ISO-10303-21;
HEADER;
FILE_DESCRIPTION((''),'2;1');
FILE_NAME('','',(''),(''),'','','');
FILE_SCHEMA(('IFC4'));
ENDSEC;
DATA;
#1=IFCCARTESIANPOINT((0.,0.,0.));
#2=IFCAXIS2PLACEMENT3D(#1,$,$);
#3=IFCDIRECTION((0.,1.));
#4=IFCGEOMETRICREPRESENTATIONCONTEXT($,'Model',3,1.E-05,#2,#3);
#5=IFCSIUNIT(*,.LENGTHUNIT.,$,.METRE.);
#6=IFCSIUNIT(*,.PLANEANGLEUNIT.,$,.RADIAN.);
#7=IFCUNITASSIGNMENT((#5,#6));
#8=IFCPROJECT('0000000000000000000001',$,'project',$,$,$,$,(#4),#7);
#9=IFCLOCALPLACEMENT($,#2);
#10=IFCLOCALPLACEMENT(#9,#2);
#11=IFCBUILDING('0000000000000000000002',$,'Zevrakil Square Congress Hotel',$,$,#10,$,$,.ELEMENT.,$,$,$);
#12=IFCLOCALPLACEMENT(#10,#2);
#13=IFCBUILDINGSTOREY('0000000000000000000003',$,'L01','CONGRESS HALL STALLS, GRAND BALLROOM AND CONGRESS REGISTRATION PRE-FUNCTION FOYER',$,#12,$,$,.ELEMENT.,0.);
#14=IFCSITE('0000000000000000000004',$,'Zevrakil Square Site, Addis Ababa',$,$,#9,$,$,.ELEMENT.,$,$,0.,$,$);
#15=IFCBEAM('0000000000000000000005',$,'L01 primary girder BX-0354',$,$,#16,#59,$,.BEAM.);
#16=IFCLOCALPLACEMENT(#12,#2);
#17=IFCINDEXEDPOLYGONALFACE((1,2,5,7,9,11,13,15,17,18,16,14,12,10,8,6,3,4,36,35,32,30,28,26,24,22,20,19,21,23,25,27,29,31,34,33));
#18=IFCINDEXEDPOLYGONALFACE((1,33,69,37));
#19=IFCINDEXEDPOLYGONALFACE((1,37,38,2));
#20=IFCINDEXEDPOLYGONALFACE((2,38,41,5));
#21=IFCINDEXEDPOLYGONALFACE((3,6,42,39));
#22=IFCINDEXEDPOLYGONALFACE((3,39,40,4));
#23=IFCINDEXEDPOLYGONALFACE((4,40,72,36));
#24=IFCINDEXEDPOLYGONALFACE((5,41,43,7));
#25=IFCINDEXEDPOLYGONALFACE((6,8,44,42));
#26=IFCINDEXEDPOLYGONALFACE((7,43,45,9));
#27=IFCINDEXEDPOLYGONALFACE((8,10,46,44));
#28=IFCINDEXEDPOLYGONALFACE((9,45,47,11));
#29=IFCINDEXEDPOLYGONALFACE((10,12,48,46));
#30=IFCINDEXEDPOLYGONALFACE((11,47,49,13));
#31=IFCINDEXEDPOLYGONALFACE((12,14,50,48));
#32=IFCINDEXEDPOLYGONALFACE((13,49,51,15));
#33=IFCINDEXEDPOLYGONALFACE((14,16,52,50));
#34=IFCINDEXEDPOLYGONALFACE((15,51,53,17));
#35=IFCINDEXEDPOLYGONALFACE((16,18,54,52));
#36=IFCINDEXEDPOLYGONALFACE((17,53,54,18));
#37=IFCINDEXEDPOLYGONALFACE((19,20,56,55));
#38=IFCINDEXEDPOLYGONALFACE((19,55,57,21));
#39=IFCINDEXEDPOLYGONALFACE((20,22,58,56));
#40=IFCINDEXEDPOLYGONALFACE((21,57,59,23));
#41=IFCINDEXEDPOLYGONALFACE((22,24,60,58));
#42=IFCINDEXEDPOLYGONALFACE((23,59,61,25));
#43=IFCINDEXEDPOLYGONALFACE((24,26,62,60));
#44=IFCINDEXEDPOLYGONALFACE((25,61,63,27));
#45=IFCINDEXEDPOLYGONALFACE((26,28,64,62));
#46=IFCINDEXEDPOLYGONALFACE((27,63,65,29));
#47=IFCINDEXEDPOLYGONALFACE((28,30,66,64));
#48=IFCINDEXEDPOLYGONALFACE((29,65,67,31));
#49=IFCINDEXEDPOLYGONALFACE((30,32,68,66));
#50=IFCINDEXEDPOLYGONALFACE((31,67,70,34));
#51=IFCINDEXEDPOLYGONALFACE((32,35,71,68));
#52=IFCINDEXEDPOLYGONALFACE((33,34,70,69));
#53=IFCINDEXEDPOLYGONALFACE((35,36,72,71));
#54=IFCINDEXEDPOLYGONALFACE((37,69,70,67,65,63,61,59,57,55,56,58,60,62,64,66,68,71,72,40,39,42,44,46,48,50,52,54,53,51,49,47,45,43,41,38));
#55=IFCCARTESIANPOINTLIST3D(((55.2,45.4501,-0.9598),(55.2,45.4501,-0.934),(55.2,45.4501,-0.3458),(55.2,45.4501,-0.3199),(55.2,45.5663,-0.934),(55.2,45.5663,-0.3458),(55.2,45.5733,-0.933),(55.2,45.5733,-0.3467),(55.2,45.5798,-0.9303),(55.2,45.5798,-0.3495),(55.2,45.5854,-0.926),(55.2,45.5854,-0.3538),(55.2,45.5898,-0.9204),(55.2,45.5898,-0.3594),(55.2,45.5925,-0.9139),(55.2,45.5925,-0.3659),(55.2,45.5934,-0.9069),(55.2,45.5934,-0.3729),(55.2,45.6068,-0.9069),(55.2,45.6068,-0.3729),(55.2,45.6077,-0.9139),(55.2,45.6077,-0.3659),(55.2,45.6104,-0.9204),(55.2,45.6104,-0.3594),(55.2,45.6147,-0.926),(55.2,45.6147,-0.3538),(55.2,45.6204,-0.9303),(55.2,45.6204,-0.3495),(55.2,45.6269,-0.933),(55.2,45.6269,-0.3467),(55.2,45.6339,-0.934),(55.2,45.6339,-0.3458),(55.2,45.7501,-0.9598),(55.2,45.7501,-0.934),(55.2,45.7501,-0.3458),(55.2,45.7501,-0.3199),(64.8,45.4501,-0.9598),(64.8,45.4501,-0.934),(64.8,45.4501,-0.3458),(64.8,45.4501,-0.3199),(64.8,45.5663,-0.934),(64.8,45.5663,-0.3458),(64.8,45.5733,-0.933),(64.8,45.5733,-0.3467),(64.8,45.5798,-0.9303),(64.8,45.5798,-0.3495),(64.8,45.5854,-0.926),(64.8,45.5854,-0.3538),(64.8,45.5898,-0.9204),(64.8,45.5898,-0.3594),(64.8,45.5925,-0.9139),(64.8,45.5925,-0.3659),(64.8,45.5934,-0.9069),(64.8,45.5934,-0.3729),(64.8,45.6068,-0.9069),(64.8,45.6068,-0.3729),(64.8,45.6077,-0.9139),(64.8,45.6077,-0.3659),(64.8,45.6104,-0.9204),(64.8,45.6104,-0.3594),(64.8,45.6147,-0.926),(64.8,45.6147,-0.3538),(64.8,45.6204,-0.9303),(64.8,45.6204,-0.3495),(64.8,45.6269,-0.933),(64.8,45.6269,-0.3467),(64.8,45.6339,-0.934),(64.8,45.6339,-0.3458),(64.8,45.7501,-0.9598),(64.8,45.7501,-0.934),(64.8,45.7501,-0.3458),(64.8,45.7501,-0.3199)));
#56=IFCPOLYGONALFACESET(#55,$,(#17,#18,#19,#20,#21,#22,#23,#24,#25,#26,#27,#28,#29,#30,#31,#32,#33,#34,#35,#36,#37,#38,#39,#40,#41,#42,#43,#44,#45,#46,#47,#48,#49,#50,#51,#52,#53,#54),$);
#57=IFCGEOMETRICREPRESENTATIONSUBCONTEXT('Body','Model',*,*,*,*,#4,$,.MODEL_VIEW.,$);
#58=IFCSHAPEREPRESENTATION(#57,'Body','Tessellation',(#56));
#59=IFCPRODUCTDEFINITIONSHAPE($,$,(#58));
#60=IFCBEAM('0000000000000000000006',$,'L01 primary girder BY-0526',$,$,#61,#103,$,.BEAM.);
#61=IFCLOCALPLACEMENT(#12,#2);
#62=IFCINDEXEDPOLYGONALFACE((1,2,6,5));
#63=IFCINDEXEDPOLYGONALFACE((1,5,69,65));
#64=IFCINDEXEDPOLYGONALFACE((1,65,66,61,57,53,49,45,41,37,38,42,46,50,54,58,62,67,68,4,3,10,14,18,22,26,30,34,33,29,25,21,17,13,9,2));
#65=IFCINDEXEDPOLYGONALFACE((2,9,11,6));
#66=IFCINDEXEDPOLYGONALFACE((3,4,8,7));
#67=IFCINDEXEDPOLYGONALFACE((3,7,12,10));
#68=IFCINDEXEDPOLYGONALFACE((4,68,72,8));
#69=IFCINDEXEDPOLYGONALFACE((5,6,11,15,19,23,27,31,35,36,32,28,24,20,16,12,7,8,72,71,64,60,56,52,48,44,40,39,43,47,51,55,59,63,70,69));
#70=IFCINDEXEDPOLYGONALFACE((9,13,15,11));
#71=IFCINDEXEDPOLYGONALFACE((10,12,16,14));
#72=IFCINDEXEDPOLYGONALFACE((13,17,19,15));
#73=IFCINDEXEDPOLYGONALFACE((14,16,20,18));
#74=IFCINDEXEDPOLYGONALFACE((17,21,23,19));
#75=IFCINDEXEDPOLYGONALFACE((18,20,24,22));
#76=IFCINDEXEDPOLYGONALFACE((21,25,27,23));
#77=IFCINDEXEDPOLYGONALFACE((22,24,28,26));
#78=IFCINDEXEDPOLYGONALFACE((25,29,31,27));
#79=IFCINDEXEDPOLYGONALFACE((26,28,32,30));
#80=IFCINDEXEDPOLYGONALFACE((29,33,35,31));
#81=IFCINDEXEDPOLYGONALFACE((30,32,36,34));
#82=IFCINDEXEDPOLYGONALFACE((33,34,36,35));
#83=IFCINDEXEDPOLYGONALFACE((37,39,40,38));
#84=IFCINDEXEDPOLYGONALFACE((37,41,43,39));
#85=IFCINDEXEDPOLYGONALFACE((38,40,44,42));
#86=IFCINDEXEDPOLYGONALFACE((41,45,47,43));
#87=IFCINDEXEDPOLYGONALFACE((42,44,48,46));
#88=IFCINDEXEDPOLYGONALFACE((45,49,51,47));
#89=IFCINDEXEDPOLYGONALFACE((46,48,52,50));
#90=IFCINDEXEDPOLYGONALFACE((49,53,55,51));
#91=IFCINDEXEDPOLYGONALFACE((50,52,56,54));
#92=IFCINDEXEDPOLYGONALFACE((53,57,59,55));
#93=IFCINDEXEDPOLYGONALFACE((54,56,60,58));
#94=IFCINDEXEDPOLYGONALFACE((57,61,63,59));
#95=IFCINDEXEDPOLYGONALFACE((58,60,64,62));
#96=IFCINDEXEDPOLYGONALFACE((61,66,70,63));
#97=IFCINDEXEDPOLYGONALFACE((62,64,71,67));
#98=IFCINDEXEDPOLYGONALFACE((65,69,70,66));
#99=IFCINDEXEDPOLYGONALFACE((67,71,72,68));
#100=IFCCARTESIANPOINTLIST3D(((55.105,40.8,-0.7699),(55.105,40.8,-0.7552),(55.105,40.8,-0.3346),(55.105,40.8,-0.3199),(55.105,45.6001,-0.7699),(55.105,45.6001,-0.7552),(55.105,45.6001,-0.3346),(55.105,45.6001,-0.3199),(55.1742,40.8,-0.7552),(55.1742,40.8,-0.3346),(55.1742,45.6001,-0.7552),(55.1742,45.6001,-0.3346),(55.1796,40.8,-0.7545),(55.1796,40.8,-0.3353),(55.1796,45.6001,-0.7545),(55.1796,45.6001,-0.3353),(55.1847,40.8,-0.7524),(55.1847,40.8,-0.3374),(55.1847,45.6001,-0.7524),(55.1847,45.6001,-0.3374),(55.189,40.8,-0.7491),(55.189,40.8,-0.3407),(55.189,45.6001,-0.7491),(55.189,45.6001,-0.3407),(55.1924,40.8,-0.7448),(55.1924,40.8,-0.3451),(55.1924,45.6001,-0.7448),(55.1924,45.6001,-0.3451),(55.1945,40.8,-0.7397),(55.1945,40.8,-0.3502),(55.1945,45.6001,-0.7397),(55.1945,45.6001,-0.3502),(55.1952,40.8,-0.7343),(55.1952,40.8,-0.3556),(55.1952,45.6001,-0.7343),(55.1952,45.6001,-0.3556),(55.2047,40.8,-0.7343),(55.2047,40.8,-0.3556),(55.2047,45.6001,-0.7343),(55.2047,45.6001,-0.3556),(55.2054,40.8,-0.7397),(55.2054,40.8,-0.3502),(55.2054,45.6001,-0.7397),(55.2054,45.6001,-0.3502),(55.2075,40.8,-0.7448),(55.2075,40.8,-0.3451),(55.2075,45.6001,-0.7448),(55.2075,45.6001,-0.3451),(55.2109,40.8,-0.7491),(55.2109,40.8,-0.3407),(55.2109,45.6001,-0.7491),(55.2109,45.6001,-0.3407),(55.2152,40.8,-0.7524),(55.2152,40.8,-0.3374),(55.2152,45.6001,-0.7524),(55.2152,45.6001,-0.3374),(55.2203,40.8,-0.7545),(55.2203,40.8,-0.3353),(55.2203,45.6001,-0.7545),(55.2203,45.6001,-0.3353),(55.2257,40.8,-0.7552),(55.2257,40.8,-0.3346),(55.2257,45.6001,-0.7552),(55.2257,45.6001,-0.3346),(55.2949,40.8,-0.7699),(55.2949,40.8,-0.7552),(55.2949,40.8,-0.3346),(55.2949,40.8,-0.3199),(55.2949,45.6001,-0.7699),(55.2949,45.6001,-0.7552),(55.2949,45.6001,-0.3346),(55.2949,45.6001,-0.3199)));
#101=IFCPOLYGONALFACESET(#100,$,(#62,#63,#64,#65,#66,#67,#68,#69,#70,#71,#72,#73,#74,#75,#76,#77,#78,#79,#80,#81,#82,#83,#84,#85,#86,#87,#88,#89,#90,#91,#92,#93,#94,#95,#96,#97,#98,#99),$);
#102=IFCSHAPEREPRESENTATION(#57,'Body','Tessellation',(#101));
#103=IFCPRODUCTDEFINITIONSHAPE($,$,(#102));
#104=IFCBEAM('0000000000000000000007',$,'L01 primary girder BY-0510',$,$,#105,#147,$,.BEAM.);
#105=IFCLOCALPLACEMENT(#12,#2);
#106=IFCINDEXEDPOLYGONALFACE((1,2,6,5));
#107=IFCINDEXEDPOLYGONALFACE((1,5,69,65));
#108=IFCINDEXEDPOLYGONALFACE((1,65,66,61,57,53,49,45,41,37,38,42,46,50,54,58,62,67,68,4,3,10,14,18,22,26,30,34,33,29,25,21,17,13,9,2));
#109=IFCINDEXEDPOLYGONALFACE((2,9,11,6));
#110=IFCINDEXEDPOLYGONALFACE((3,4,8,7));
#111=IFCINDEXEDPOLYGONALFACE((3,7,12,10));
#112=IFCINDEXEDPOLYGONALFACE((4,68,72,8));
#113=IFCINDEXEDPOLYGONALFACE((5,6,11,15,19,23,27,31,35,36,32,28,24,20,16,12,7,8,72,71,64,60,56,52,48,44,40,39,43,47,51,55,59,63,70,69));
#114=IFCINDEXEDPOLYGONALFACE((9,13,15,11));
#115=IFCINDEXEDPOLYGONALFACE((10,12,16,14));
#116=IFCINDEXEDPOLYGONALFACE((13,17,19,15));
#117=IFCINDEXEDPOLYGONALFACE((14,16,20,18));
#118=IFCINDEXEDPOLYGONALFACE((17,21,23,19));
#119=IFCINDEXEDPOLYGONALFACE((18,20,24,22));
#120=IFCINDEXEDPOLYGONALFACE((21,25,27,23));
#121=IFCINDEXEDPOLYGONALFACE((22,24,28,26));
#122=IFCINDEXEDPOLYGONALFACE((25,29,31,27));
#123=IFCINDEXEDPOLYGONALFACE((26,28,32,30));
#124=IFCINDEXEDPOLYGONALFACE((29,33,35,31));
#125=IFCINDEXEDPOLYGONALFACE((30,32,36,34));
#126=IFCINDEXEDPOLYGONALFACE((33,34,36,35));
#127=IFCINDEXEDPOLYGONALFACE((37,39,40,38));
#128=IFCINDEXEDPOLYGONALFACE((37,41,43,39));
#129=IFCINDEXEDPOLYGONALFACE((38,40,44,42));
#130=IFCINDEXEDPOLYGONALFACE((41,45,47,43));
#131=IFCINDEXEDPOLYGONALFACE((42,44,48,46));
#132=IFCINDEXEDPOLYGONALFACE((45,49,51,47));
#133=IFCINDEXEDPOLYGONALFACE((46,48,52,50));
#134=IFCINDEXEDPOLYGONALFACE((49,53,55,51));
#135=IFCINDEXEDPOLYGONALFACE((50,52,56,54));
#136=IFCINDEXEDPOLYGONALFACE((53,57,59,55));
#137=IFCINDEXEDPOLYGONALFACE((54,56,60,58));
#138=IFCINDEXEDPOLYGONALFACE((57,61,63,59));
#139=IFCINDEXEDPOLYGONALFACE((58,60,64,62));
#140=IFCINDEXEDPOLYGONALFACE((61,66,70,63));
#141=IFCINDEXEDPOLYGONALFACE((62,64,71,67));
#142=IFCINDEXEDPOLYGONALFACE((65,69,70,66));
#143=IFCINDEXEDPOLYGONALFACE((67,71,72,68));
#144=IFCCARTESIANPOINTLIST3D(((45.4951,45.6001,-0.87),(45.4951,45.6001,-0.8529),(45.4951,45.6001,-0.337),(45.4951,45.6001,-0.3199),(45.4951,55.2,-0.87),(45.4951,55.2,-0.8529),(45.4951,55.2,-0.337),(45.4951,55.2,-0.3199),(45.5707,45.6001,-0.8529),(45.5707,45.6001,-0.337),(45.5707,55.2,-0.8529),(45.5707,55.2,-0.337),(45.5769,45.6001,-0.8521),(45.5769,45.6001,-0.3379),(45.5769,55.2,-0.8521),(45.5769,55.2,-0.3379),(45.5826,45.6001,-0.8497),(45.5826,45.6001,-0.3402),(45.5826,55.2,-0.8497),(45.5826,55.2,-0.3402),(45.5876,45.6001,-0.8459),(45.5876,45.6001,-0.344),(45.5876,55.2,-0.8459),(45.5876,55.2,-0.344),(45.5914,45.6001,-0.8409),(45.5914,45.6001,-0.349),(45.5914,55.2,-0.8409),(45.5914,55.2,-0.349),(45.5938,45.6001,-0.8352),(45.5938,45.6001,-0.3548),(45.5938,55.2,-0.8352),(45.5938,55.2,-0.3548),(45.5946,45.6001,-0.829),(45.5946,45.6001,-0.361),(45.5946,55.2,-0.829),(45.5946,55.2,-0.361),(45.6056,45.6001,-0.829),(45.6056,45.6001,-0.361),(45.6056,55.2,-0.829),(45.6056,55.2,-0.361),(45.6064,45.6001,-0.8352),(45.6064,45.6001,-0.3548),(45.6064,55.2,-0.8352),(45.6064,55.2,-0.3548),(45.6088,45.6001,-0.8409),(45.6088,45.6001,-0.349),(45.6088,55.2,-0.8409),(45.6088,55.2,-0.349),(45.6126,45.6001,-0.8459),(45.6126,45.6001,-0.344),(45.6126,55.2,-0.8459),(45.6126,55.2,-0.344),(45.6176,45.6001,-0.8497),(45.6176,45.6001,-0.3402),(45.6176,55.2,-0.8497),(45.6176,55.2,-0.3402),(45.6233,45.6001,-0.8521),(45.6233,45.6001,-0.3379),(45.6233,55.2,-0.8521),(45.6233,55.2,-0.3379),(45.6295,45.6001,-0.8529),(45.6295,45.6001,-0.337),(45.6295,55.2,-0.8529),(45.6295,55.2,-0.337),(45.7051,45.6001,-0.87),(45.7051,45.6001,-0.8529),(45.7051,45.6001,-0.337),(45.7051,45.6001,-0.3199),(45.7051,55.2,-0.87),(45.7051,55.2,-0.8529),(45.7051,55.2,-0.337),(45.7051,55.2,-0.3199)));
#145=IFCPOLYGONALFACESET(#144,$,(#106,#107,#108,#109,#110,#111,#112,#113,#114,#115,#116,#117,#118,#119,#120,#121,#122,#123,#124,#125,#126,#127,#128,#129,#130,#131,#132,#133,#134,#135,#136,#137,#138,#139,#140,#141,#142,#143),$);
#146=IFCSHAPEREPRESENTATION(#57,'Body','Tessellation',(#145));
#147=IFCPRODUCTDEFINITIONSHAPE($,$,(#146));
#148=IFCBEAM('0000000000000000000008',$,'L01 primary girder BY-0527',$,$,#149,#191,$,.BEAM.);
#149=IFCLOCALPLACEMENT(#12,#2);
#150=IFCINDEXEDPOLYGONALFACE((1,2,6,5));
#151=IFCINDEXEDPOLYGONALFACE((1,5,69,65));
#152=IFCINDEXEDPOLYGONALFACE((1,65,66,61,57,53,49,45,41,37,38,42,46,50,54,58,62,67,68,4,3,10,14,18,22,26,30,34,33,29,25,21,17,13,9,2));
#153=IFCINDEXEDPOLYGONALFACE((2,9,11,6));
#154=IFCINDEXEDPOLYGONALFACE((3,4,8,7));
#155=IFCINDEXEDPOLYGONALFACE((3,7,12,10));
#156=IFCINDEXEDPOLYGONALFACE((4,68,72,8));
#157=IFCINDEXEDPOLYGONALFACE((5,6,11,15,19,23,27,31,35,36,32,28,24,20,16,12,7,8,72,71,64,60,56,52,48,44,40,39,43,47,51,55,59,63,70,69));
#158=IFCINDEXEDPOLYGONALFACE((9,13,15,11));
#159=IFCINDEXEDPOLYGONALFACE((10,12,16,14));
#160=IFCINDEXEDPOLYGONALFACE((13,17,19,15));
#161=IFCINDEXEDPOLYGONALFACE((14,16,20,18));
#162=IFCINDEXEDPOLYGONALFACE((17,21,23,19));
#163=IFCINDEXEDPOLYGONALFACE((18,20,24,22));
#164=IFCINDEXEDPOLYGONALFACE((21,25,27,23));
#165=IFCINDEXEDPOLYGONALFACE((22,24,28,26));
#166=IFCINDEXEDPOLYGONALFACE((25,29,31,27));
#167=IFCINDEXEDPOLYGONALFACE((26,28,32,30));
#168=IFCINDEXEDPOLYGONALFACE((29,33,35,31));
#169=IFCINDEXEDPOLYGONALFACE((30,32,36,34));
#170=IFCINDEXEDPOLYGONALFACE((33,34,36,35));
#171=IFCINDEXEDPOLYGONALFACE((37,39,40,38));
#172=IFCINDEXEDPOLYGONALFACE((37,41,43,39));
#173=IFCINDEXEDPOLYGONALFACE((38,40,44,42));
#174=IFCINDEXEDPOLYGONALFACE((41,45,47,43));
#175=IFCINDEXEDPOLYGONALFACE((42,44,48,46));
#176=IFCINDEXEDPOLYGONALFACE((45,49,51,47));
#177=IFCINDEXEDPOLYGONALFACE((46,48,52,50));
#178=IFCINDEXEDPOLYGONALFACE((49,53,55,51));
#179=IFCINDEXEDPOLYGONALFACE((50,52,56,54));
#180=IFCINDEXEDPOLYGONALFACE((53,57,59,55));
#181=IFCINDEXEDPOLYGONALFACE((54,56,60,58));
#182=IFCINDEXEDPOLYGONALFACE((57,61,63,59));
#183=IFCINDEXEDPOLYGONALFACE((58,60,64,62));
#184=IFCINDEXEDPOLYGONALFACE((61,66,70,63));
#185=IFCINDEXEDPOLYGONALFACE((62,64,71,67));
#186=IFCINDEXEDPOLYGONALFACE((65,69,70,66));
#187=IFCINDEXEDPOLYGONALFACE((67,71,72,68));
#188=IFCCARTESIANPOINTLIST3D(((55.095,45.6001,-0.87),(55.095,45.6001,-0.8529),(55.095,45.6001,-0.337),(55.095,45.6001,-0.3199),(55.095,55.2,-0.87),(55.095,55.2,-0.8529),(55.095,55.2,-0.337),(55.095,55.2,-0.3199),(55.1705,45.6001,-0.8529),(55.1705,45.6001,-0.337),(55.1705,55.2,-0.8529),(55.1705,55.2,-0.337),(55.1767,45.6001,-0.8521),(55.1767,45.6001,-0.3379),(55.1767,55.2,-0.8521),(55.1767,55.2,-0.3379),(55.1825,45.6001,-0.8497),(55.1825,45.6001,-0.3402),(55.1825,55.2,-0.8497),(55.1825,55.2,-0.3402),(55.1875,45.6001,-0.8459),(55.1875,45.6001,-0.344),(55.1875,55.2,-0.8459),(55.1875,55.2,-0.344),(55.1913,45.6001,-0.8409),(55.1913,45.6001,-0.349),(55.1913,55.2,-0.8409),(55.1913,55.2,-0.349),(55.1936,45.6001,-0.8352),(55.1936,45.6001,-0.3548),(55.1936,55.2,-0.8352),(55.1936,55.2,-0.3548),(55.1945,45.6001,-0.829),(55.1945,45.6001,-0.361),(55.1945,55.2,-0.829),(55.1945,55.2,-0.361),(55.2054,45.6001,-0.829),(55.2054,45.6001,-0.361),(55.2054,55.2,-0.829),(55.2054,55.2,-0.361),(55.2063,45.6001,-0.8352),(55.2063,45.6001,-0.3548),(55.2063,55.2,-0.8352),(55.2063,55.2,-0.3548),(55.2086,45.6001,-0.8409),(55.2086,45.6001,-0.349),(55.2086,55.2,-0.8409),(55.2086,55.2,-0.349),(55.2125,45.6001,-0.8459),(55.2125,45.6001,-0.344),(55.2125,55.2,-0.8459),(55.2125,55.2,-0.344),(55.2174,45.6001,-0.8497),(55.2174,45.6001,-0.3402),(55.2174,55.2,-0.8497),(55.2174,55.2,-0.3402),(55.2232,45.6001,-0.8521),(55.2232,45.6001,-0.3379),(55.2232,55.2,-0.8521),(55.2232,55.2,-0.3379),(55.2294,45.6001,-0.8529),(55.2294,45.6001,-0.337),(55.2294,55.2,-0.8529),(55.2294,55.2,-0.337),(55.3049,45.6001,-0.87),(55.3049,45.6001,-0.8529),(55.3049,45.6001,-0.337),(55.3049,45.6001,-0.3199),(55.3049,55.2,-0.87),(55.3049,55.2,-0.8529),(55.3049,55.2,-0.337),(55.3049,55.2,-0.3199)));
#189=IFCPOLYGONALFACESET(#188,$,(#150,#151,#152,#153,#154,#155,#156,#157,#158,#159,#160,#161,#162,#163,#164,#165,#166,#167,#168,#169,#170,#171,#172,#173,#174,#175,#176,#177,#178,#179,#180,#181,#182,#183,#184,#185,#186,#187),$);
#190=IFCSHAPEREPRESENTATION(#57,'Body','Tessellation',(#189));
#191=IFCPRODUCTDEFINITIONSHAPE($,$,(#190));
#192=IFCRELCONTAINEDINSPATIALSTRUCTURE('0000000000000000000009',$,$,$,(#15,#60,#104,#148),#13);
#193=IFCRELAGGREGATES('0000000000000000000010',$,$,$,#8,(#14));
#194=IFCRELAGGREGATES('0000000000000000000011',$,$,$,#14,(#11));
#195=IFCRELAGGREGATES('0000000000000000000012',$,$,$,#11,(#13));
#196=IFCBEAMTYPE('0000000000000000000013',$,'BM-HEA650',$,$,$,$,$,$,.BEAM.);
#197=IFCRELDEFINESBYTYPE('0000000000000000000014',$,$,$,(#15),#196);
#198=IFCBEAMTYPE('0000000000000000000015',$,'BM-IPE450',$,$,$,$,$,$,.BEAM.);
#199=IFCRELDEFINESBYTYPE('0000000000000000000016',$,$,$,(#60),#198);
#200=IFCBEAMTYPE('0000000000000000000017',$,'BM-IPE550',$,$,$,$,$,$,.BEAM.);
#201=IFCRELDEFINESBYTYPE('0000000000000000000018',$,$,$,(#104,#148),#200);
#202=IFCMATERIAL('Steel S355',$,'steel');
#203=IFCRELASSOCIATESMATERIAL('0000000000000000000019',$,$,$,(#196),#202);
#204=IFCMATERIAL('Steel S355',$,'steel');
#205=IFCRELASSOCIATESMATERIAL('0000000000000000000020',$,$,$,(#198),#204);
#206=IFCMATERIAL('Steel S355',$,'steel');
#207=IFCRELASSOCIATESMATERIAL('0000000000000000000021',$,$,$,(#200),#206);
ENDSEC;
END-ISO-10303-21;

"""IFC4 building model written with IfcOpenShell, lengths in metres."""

from ifc_helpers import new_model, si_unit, direction, frame, origin, origin_2d, place, context, subcontext, project, spatial, i_section, extrude, material, material_profile, profile_set, type_object, element, save


model = new_model("IFC4")

# Units and contexts
model_context = context("Model", 3, precision=1e-05, world=origin(), true_north=direction((0.0, 1.0)))
body_context = subcontext(model_context, "Body", "Model", "MODEL_VIEW")
ifc_project = project(units=[si_unit("LENGTHUNIT", "METRE"), si_unit("PLANEANGLEUNIT", "RADIAN")], contexts=[model_context])

# Site, building, storey
site_placement = place(None, origin())
site = spatial("IfcSite", under=ifc_project, at=site_placement, Name="Zevrakil Square Site, Addis Ababa", CompositionType="ELEMENT", RefElevation=0.0)
building_placement = place(site_placement, origin())
building = spatial("IfcBuilding", under=site, at=building_placement, Name="Zevrakil Square Congress Hotel", CompositionType="ELEMENT")
storey_placement = place(building_placement, origin())
storey = spatial("IfcBuildingStorey", under=building, at=storey_placement, Name="L01", Description="CONGRESS HALL STALLS, GRAND BALLROOM AND CONGRESS REGISTRATION PRE-FUNCTION FOYER", CompositionType="ELEMENT", Elevation=0.0)

# Beams
ifc_material_1 = material(Name="Steel S355", Category="steel")
ifc_material_profile_1 = material_profile(ifc_material_1, i_section(OverallWidth=0.3, OverallDepth=0.6399, WebThickness=0.0134, FlangeThickness=0.0259, FilletRadius=0.0271, at=origin_2d()), Name="HEA 650")
ifc_profile_set_1 = profile_set([ifc_material_profile_1], Name="Steel S355")
beam_type_1 = type_object("IfcBeamType", Name="BM-HEA650", PredefinedType="BEAM", material=ifc_profile_set_1)
beam_1_placement = place(storey_placement, frame((55.2, 45.6001, -0.6399), z_axis=(1.0, 0.0, 0.0), x_axis=(0.0, 1.0, 0.0)))
element("IfcBeam", 1, at=beam_1_placement, inside=storey, type_object=beam_type_1, Name="L01 primary girder BX-0354", PredefinedType="BEAM", context=body_context, shape_type="SweptSolid", body=[
    extrude(i_section(OverallWidth=0.3, OverallDepth=0.6399, WebThickness=0.0134, FlangeThickness=0.0259, FilletRadius=0.0271, at=origin_2d()), origin(), (0.0, 0.0, 1.0), 9.6001),
])
ifc_material_2 = material(Name="Steel S355", Category="steel")
ifc_material_profile_2 = material_profile(ifc_material_2, i_section(OverallWidth=0.1899, OverallDepth=0.45, WebThickness=0.0095, FlangeThickness=0.0146, FilletRadius=0.021, at=origin_2d()), Name="IPE 450")
ifc_profile_set_2 = profile_set([ifc_material_profile_2], Name="Steel S355")
beam_type_2 = type_object("IfcBeamType", Name="BM-IPE450", PredefinedType="BEAM", material=ifc_profile_set_2)
beam_2_placement = place(storey_placement, frame((55.2, 40.8, -0.5449), z_axis=(0.0, 1.0, 0.0), x_axis=(-1.0, 0.0, 0.0)))
element("IfcBeam", 2, at=beam_2_placement, inside=storey, type_object=beam_type_2, Name="L01 primary girder BY-0526", PredefinedType="BEAM", context=body_context, shape_type="SweptSolid", body=[
    extrude(i_section(OverallWidth=0.1899, OverallDepth=0.45, WebThickness=0.0095, FlangeThickness=0.0146, FilletRadius=0.021, at=origin_2d()), origin(), (0.0, 0.0, 1.0), 4.8),
])
ifc_material_3 = material(Name="Steel S355", Category="steel")
ifc_material_profile_3 = material_profile(ifc_material_3, i_section(OverallWidth=0.21, OverallDepth=0.55, WebThickness=0.011, FlangeThickness=0.0171, FilletRadius=0.0239, at=origin_2d()), Name="IPE 550")
ifc_profile_set_3 = profile_set([ifc_material_profile_3], Name="Steel S355")
beam_type_3 = type_object("IfcBeamType", Name="BM-IPE550", PredefinedType="BEAM", material=ifc_profile_set_3)
for number, where, z_axis, x_axis, name in (
    (3, (45.6001, 45.6001, -0.595), (0.0, 1.0, 0.0), (-1.0, 0.0, 0.0), "L01 primary girder BY-0510"),
    (4, (55.2, 45.6001, -0.595), (0.0, 1.0, 0.0), (-1.0, 0.0, 0.0), "L01 primary girder BY-0527"),
):
    element("IfcBeam", number, at=place(storey_placement, frame(where, z_axis=z_axis, x_axis=x_axis)), inside=storey, type_object=beam_type_3, Name=name, PredefinedType="BEAM", context=body_context, shape_type="SweptSolid", body=[
        extrude(i_section(OverallWidth=0.21, OverallDepth=0.55, WebThickness=0.011, FlangeThickness=0.0171, FilletRadius=0.0239, at=origin_2d()), origin(), (0.0, 0.0, 1.0), 9.5999),
    ])

save(model, "model.ifc")
